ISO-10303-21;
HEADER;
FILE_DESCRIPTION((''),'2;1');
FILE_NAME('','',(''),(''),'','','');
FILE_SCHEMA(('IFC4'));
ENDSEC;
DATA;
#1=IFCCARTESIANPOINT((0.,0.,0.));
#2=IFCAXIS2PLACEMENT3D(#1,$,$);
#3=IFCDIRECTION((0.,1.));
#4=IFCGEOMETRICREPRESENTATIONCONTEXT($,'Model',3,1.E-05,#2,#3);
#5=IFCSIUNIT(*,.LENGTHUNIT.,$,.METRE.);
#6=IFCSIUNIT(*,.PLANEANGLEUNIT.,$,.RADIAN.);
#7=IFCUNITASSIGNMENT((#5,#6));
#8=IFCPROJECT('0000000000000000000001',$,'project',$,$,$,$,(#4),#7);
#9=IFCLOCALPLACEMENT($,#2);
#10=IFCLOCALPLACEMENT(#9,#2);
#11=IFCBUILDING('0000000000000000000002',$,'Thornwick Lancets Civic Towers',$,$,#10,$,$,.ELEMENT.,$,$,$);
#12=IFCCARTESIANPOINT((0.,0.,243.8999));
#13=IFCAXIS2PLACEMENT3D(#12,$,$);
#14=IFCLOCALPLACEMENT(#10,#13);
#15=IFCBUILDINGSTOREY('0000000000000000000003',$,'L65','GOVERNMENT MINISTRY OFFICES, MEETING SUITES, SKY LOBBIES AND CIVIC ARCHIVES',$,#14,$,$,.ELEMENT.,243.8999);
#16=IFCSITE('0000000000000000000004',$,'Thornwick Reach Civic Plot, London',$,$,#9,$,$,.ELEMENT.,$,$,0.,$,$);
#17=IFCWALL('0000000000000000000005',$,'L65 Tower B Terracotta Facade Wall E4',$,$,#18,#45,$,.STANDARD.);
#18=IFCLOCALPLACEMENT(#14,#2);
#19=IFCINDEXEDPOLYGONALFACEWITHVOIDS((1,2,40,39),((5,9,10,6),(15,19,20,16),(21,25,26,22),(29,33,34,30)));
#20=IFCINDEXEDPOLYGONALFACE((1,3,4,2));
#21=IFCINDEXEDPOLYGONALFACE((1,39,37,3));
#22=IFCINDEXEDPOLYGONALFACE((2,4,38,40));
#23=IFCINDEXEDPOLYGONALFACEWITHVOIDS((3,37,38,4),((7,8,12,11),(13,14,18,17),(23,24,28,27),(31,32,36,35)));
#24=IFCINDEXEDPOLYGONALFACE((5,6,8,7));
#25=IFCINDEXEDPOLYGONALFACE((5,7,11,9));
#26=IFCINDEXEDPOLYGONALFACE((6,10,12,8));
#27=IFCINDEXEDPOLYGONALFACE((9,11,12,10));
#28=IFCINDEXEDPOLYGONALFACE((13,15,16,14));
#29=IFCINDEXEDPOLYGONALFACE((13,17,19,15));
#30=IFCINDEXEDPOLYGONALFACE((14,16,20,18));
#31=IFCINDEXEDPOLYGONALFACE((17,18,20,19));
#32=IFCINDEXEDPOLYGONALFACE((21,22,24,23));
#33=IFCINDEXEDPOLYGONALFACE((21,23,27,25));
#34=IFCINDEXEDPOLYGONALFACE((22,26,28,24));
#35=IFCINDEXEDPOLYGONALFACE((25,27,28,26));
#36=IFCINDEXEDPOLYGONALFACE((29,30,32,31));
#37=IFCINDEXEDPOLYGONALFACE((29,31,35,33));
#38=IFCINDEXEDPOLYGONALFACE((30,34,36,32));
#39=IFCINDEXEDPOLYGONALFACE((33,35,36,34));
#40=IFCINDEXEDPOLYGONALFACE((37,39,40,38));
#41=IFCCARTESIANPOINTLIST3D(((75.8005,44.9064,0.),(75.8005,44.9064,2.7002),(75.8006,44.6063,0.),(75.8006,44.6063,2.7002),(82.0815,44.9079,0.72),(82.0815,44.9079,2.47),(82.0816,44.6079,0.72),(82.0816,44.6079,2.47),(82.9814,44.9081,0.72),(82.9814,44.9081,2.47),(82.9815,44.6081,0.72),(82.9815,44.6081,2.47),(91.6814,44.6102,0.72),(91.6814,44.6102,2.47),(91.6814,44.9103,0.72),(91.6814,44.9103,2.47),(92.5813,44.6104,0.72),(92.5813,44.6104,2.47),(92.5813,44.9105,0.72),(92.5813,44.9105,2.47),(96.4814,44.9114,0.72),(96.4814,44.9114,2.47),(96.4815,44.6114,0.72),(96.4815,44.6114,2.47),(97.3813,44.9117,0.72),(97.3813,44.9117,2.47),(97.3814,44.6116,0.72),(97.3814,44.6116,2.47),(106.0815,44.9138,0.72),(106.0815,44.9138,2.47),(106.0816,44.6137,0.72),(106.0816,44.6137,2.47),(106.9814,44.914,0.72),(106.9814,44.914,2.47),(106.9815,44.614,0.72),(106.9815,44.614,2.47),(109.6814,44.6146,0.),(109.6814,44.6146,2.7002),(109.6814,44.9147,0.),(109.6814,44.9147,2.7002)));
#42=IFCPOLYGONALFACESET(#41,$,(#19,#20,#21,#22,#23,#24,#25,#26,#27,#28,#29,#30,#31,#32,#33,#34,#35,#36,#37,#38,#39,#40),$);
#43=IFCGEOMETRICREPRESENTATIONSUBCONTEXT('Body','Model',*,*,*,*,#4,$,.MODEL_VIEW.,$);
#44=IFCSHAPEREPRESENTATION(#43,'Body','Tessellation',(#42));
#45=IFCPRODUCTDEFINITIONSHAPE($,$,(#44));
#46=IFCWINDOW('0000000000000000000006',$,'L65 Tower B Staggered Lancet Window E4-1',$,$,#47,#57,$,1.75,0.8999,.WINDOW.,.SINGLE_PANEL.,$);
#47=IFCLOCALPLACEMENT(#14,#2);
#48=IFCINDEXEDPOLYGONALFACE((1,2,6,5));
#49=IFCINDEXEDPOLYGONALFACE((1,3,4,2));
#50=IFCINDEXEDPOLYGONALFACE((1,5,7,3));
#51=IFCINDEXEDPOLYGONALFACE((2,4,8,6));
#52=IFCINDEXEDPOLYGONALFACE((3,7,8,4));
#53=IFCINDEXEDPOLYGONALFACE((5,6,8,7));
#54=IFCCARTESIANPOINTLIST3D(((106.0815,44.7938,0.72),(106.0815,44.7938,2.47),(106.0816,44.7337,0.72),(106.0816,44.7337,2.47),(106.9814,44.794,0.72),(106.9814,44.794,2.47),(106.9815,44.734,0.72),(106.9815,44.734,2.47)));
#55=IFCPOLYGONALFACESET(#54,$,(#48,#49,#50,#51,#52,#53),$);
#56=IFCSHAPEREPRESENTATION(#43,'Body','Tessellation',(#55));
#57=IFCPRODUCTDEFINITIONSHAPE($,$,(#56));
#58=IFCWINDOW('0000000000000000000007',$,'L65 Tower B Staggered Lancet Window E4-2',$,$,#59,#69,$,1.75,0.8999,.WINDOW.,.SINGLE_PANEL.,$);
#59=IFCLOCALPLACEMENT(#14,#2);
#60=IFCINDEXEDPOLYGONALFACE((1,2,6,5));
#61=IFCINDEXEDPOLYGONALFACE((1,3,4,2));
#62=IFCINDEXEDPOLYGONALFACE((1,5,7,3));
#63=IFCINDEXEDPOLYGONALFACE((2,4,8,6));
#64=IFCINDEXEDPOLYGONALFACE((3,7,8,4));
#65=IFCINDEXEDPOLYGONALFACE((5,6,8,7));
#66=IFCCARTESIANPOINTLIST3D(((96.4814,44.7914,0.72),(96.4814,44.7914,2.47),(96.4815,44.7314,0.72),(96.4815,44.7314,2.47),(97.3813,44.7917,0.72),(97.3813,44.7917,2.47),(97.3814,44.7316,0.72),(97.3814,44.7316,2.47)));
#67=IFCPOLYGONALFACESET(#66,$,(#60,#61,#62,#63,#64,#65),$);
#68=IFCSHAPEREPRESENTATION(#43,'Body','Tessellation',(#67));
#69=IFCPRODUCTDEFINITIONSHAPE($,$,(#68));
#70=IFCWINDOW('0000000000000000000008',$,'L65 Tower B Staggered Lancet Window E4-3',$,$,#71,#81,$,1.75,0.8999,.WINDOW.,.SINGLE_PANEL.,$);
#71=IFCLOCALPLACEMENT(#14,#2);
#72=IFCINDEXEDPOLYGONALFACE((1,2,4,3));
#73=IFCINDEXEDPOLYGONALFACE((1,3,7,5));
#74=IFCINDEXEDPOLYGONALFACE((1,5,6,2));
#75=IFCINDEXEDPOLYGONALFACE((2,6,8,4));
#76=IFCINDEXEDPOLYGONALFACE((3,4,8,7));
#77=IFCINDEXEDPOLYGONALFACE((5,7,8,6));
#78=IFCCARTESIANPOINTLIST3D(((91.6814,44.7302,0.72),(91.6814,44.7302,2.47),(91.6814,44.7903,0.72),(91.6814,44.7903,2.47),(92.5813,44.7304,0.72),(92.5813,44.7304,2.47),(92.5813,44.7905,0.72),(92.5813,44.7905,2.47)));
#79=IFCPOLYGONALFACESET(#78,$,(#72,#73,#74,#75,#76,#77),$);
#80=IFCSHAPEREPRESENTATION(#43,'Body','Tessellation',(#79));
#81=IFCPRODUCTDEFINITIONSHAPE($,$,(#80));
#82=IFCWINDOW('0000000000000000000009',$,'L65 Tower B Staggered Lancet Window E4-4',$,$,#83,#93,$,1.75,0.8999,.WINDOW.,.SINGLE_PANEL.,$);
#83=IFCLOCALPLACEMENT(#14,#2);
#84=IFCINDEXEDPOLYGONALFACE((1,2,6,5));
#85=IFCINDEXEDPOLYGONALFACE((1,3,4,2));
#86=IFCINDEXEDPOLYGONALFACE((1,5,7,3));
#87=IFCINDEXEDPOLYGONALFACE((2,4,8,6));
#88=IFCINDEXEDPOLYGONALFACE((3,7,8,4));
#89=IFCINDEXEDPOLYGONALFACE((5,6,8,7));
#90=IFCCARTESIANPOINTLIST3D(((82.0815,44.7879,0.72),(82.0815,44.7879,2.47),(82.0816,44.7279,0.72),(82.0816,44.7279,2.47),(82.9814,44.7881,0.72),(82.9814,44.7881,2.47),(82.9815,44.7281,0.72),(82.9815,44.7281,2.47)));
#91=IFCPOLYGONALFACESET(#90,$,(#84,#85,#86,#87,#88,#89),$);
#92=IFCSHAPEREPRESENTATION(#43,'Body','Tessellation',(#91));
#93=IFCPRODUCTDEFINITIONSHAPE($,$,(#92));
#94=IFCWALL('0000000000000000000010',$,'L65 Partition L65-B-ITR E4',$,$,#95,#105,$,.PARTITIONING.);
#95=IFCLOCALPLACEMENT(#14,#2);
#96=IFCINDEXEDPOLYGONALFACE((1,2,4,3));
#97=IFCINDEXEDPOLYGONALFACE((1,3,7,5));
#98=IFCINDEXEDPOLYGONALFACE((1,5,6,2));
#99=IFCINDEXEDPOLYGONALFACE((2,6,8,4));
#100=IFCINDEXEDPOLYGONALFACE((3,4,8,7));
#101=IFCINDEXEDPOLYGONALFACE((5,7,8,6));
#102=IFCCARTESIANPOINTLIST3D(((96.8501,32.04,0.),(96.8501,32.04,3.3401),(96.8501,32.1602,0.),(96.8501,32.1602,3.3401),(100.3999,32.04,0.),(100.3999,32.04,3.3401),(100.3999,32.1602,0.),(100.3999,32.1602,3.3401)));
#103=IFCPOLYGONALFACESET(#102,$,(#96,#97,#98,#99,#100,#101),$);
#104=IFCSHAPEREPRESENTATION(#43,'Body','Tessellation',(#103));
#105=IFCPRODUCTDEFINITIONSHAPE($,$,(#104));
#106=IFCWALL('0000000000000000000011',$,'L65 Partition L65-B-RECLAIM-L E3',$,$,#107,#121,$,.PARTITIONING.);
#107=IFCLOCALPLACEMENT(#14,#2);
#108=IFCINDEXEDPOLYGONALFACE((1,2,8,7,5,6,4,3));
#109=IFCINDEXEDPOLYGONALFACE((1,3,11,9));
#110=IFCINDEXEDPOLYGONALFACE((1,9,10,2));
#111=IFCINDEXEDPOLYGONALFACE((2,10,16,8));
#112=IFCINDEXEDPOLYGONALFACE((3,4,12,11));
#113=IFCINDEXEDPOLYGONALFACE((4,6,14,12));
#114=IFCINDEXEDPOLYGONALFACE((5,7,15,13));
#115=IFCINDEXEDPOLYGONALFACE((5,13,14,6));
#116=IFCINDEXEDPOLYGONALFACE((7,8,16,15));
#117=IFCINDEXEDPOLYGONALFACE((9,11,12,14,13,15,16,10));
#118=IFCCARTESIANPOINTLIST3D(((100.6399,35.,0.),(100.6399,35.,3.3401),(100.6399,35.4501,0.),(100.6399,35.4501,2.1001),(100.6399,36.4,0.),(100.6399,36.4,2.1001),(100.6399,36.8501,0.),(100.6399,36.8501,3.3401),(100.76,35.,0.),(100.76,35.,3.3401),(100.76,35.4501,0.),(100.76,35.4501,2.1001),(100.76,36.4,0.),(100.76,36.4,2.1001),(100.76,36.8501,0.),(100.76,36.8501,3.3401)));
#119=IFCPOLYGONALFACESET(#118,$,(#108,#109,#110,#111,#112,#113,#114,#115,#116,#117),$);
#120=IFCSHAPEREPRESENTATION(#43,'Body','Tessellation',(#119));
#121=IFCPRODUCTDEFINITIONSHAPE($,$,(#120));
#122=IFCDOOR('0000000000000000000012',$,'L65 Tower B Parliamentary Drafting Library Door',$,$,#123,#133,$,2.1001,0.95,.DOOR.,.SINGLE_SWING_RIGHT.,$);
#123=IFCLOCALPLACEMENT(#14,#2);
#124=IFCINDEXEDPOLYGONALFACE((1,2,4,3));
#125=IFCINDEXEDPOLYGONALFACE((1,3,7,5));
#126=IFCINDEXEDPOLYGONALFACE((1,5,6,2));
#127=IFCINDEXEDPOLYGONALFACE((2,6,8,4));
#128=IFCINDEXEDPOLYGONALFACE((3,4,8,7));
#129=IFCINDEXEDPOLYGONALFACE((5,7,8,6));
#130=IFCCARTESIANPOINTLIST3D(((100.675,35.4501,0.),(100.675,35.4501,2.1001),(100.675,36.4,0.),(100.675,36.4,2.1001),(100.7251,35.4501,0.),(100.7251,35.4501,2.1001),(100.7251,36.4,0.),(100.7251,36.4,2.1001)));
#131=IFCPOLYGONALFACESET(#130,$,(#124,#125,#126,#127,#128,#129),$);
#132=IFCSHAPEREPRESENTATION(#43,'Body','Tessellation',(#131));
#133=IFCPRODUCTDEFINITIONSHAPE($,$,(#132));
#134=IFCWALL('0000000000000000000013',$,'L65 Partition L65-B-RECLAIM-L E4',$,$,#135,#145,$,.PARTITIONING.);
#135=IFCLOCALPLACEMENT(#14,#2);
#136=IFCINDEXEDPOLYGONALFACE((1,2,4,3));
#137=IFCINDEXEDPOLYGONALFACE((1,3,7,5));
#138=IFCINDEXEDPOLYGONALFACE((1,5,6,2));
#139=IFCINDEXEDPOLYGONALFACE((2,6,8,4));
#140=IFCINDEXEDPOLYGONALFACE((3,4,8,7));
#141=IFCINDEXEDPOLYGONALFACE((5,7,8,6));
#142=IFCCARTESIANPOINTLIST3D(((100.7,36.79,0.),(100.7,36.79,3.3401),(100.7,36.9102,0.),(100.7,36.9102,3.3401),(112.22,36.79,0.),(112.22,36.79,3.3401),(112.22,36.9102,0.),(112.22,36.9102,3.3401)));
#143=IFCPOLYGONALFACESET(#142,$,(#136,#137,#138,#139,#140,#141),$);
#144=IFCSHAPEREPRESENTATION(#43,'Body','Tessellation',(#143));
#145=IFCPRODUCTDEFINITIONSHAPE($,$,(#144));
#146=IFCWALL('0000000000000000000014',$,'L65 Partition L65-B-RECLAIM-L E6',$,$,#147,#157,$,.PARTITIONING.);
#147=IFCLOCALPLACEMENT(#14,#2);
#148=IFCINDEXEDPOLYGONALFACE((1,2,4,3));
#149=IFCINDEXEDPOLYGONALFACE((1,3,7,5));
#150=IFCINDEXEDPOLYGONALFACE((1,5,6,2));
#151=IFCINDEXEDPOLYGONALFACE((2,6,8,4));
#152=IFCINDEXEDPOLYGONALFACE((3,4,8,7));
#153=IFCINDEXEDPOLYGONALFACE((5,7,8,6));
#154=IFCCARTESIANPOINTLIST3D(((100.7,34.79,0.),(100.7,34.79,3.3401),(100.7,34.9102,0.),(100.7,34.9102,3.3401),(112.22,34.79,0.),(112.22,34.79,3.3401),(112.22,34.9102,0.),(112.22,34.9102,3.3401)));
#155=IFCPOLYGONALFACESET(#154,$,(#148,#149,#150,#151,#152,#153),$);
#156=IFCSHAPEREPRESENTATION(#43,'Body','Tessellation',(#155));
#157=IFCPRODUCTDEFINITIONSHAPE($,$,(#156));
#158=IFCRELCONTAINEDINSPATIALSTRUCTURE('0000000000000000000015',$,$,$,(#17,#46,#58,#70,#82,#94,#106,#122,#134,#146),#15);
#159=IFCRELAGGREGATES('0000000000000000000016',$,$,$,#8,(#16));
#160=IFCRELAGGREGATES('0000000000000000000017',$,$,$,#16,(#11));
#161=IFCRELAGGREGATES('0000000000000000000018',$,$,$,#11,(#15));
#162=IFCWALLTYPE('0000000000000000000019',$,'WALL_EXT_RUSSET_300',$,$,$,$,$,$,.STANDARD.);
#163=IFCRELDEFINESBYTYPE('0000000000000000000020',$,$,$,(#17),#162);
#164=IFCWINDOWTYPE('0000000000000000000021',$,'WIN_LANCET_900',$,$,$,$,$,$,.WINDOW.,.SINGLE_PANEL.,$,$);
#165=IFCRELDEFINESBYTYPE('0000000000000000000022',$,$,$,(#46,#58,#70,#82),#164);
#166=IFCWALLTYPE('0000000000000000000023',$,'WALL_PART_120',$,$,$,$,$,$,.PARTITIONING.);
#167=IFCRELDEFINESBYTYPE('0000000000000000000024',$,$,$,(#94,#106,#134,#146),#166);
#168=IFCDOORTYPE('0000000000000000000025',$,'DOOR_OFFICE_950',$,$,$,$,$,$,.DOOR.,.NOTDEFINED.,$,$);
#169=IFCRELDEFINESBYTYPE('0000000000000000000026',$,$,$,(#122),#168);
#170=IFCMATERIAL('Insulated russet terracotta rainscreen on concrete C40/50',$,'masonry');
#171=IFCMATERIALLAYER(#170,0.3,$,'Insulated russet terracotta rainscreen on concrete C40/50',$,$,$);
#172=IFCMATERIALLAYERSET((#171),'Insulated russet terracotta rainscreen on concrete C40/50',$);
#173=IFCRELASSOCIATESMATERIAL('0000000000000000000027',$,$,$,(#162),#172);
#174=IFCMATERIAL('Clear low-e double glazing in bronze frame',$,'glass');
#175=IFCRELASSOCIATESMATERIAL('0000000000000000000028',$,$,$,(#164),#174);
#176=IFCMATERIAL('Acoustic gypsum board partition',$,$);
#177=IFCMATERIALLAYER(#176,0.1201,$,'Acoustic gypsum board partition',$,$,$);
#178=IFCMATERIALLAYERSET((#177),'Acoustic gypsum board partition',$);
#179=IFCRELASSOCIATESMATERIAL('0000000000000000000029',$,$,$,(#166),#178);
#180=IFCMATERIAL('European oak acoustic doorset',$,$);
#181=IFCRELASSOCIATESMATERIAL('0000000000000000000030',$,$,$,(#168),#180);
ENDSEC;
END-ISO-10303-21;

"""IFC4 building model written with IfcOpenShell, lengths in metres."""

from ifc_helpers import new_model, si_unit, direction, frame, frame_2d, origin, place, context, subcontext, project, spatial, rectangle, extrude, material, layer, layer_set, type_object, element, fill, save


model = new_model("IFC4")

# Units and contexts
model_context = context("Model", 3, precision=1e-05, world=origin(), true_north=direction((0.0, 1.0)))
body_context = subcontext(model_context, "Body", "Model", "MODEL_VIEW")
ifc_project = project(units=[si_unit("LENGTHUNIT", "METRE"), si_unit("PLANEANGLEUNIT", "RADIAN")], contexts=[model_context])

# Site, building, storey
site_placement = place(None, origin())
site = spatial("IfcSite", under=ifc_project, at=site_placement, Name="Thornwick Reach Civic Plot, London", CompositionType="ELEMENT", RefElevation=0.0)
building_placement = place(site_placement, origin())
building = spatial("IfcBuilding", under=site, at=building_placement, Name="Thornwick Lancets Civic Towers", CompositionType="ELEMENT")
storey_placement = place(building_placement, frame((0.0, 0.0, 243.8999)))
storey = spatial("IfcBuildingStorey", under=building, at=storey_placement, Name="L65", Description="GOVERNMENT MINISTRY OFFICES, MEETING SUITES, SKY LOBBIES AND CIVIC ARCHIVES", CompositionType="ELEMENT", Elevation=243.8999)

# Wall, openings, windows
ifc_material_1 = material(Name="Insulated russet terracotta rainscreen on concrete C40/50", Category="masonry")
ifc_layer_1 = layer(ifc_material_1, 0.3, Name="Insulated russet terracotta rainscreen on concrete C40/50")
ifc_layer_set_1 = layer_set([ifc_layer_1], Name="Insulated russet terracotta rainscreen on concrete C40/50")
wall_type_1 = type_object("IfcWallType", Name="WALL_EXT_RUSSET_300", PredefinedType="STANDARD", material=ifc_layer_set_1)
wall_1_placement = place(storey_placement, frame((109.6814, 44.7646, 0.0), z_axis=(0.0, 0.0, 1.0), x_axis=(-1.0, -0.000245, 0.0)))
wall_1 = element("IfcWall", 1, at=wall_1_placement, inside=storey, type_object=wall_type_1, Name="L65 Tower B Terracotta Facade Wall E4", PredefinedType="STANDARD", context=body_context, shape_type="SweptSolid", body=[
    extrude(rectangle(XDim=33.8809, YDim=0.3, at=frame_2d((16.9404, 0.0))), origin(), (0.0, 0.0, 1.0), 2.7002),
])
opening_1_placement = place(wall_1_placement, frame((2.7, 0.0, 0.72)))
opening_1 = element("IfcOpeningElement", 2, at=opening_1_placement, cuts=wall_1, PredefinedType="OPENING", context=body_context, shape_type="SweptSolid", body=[
    extrude(rectangle(XDim=0.8999, YDim=1.75, at=frame_2d((0.45, 0.875))), frame((0.0, 0.1602, 0.0), z_axis=(0.0, -1.0, 0.0), x_axis=(1.0, 0.0, 0.0)), (0.0, 0.0, 1.0), 0.3201),
])
opening_2_placement = place(wall_1_placement, frame((12.3, 0.0, 0.72)))
opening_2 = element("IfcOpeningElement", 3, at=opening_2_placement, cuts=wall_1, PredefinedType="OPENING", context=body_context, shape_type="SweptSolid", body=[
    extrude(rectangle(XDim=0.8999, YDim=1.75, at=frame_2d((0.45, 0.875))), frame((0.0, 0.1602, 0.0), z_axis=(0.0, -1.0, 0.0), x_axis=(1.0, 0.0, 0.0)), (0.0, 0.0, 1.0), 0.3201),
])
opening_3_placement = place(wall_1_placement, frame((17.1001, 0.0, 0.72)))
opening_3 = element("IfcOpeningElement", 4, at=opening_3_placement, cuts=wall_1, PredefinedType="OPENING", context=body_context, shape_type="SweptSolid", body=[
    extrude(rectangle(XDim=0.8999, YDim=1.75, at=frame_2d((0.45, 0.875))), frame((0.0, 0.1602, 0.0), z_axis=(0.0, -1.0, 0.0), x_axis=(1.0, 0.0, 0.0)), (0.0, 0.0, 1.0), 0.3201),
])
opening_4_placement = place(wall_1_placement, frame((26.7, 0.0, 0.72)))
opening_4 = element("IfcOpeningElement", 5, at=opening_4_placement, cuts=wall_1, PredefinedType="OPENING", context=body_context, shape_type="SweptSolid", body=[
    extrude(rectangle(XDim=0.8999, YDim=1.75, at=frame_2d((0.45, 0.875))), frame((0.0, 0.1602, 0.0), z_axis=(0.0, -1.0, 0.0), x_axis=(1.0, 0.0, 0.0)), (0.0, 0.0, 1.0), 0.3201),
])
ifc_material_2 = material(Name="Clear low-e double glazing in bronze frame", Category="glass")
window_type = type_object("IfcWindowType", Name="WIN_LANCET_900", PartitioningType="SINGLE_PANEL", PredefinedType="WINDOW", material=ifc_material_2)
window_1_placement = place(opening_1_placement, origin())
window_1 = element("IfcWindow", 6, at=window_1_placement, inside=storey, type_object=window_type, Name="L65 Tower B Staggered Lancet Window E4-1", OverallHeight=1.75, OverallWidth=0.8999, PartitioningType="SINGLE_PANEL", PredefinedType="WINDOW", context=body_context, shape_type="SweptSolid", body=[
    extrude(rectangle(XDim=0.8999, YDim=1.75, at=frame_2d((0.45, 0.875))), frame((0.0, 0.03, 0.0), z_axis=(0.0, -1.0, 0.0), x_axis=(1.0, 0.0, 0.0)), (0.0, 0.0, 1.0), 0.0601),
])
fill(opening_1, window_1)
window_2_placement = place(opening_2_placement, origin())
window_2 = element("IfcWindow", 7, at=window_2_placement, inside=storey, type_object=window_type, Name="L65 Tower B Staggered Lancet Window E4-2", OverallHeight=1.75, OverallWidth=0.8999, PartitioningType="SINGLE_PANEL", PredefinedType="WINDOW", context=body_context, shape_type="SweptSolid", body=[
    extrude(rectangle(XDim=0.8999, YDim=1.75, at=frame_2d((0.45, 0.875))), frame((0.0, 0.03, 0.0), z_axis=(0.0, -1.0, 0.0), x_axis=(1.0, 0.0, 0.0)), (0.0, 0.0, 1.0), 0.0601),
])
fill(opening_2, window_2)
window_3_placement = place(opening_3_placement, origin())
window_3 = element("IfcWindow", 8, at=window_3_placement, inside=storey, type_object=window_type, Name="L65 Tower B Staggered Lancet Window E4-3", OverallHeight=1.75, OverallWidth=0.8999, PartitioningType="SINGLE_PANEL", PredefinedType="WINDOW", context=body_context, shape_type="SweptSolid", body=[
    extrude(rectangle(XDim=0.8999, YDim=1.75, at=frame_2d((0.45, 0.875))), frame((0.0, 0.03, 0.0), z_axis=(0.0, -1.0, 0.0), x_axis=(1.0, 0.0, 0.0)), (0.0, 0.0, 1.0), 0.0601),
])
fill(opening_3, window_3)
window_4_placement = place(opening_4_placement, origin())
window_4 = element("IfcWindow", 9, at=window_4_placement, inside=storey, type_object=window_type, Name="L65 Tower B Staggered Lancet Window E4-4", OverallHeight=1.75, OverallWidth=0.8999, PartitioningType="SINGLE_PANEL", PredefinedType="WINDOW", context=body_context, shape_type="SweptSolid", body=[
    extrude(rectangle(XDim=0.8999, YDim=1.75, at=frame_2d((0.45, 0.875))), frame((0.0, 0.03, 0.0), z_axis=(0.0, -1.0, 0.0), x_axis=(1.0, 0.0, 0.0)), (0.0, 0.0, 1.0), 0.0601),
])
fill(opening_4, window_4)

# Wall
ifc_material_3 = material(Name="Acoustic gypsum board partition")
ifc_layer_2 = layer(ifc_material_3, 0.1201, Name="Acoustic gypsum board partition")
ifc_layer_set_2 = layer_set([ifc_layer_2], Name="Acoustic gypsum board partition")
wall_type_2 = type_object("IfcWallType", Name="WALL_PART_120", PredefinedType="PARTITIONING", material=ifc_layer_set_2)
wall_2_placement = place(storey_placement, frame((100.3999, 32.1001, 0.0), z_axis=(0.0, 0.0, 1.0), x_axis=(-1.0, 0.0, 0.0)))
element("IfcWall", 10, at=wall_2_placement, inside=storey, type_object=wall_type_2, Name="L65 Partition L65-B-ITR E4", PredefinedType="PARTITIONING", context=body_context, shape_type="SweptSolid", body=[
    extrude(rectangle(XDim=3.5498, YDim=0.1201, at=frame_2d((1.7749, 0.0))), origin(), (0.0, 0.0, 1.0), 3.3401),
])

# Wall, opening, door
wall_3_placement = place(storey_placement, frame((100.7, 35.0, 0.0), z_axis=(0.0, 0.0, 1.0), x_axis=(0.0, 1.0, 0.0)))
wall_3 = element("IfcWall", 11, at=wall_3_placement, inside=storey, type_object=wall_type_2, Name="L65 Partition L65-B-RECLAIM-L E3", PredefinedType="PARTITIONING", context=body_context, shape_type="SweptSolid", body=[
    extrude(rectangle(XDim=1.8501, YDim=0.1201, at=frame_2d((0.925, 0.0))), origin(), (0.0, 0.0, 1.0), 3.3401),
])
opening_5_placement = place(wall_3_placement, frame((0.45, 0.0, 0.0)))
opening_5 = element("IfcOpeningElement", 12, at=opening_5_placement, cuts=wall_3, PredefinedType="OPENING", context=body_context, shape_type="SweptSolid", body=[
    extrude(rectangle(XDim=0.95, YDim=2.1001, at=frame_2d((0.4751, 1.05))), frame((0.0, 0.0701, 0.0), z_axis=(0.0, -1.0, 0.0), x_axis=(1.0, 0.0, 0.0)), (0.0, 0.0, 1.0), 0.1401),
])
ifc_material_4 = material(Name="European oak acoustic doorset")
door_type_1 = type_object("IfcDoorType", Name="DOOR_OFFICE_950", OperationType="NOTDEFINED", PredefinedType="DOOR", material=ifc_material_4)
door_1_placement = place(opening_5_placement, origin())
door_1 = element("IfcDoor", 13, at=door_1_placement, inside=storey, type_object=door_type_1, Name="L65 Tower B Parliamentary Drafting Library Door", OperationType="SINGLE_SWING_RIGHT", OverallHeight=2.1001, OverallWidth=0.95, PredefinedType="DOOR", context=body_context, shape_type="SweptSolid", body=[
    extrude(rectangle(XDim=0.95, YDim=2.1001, at=frame_2d((0.4751, 1.05))), frame((0.0, 0.0249, 0.0), z_axis=(0.0, -1.0, 0.0), x_axis=(1.0, 0.0, 0.0)), (0.0, 0.0, 1.0), 0.05),
])
fill(opening_5, door_1)

# Walls
for number, where, z_axis, x_axis, name in (
    (14, (100.7, 36.8501, 0.0), (0.0, 0.0, 1.0), (1.0, 0.0, 0.0), "L65 Partition L65-B-RECLAIM-L E4"),
    (15, (112.22, 34.8501, 0.0), (0.0, 0.0, 1.0), (-1.0, 0.0, 0.0), "L65 Partition L65-B-RECLAIM-L E6"),
):
    element("IfcWall", number, at=place(storey_placement, frame(where, z_axis=z_axis, x_axis=x_axis)), inside=storey, type_object=wall_type_2, Name=name, PredefinedType="PARTITIONING", context=body_context, shape_type="SweptSolid", body=[
        extrude(rectangle(XDim=11.52, YDim=0.1201, at=frame_2d((5.76, 0.0))), origin(), (0.0, 0.0, 1.0), 3.3401),
    ])

save(model, "model.ifc")
